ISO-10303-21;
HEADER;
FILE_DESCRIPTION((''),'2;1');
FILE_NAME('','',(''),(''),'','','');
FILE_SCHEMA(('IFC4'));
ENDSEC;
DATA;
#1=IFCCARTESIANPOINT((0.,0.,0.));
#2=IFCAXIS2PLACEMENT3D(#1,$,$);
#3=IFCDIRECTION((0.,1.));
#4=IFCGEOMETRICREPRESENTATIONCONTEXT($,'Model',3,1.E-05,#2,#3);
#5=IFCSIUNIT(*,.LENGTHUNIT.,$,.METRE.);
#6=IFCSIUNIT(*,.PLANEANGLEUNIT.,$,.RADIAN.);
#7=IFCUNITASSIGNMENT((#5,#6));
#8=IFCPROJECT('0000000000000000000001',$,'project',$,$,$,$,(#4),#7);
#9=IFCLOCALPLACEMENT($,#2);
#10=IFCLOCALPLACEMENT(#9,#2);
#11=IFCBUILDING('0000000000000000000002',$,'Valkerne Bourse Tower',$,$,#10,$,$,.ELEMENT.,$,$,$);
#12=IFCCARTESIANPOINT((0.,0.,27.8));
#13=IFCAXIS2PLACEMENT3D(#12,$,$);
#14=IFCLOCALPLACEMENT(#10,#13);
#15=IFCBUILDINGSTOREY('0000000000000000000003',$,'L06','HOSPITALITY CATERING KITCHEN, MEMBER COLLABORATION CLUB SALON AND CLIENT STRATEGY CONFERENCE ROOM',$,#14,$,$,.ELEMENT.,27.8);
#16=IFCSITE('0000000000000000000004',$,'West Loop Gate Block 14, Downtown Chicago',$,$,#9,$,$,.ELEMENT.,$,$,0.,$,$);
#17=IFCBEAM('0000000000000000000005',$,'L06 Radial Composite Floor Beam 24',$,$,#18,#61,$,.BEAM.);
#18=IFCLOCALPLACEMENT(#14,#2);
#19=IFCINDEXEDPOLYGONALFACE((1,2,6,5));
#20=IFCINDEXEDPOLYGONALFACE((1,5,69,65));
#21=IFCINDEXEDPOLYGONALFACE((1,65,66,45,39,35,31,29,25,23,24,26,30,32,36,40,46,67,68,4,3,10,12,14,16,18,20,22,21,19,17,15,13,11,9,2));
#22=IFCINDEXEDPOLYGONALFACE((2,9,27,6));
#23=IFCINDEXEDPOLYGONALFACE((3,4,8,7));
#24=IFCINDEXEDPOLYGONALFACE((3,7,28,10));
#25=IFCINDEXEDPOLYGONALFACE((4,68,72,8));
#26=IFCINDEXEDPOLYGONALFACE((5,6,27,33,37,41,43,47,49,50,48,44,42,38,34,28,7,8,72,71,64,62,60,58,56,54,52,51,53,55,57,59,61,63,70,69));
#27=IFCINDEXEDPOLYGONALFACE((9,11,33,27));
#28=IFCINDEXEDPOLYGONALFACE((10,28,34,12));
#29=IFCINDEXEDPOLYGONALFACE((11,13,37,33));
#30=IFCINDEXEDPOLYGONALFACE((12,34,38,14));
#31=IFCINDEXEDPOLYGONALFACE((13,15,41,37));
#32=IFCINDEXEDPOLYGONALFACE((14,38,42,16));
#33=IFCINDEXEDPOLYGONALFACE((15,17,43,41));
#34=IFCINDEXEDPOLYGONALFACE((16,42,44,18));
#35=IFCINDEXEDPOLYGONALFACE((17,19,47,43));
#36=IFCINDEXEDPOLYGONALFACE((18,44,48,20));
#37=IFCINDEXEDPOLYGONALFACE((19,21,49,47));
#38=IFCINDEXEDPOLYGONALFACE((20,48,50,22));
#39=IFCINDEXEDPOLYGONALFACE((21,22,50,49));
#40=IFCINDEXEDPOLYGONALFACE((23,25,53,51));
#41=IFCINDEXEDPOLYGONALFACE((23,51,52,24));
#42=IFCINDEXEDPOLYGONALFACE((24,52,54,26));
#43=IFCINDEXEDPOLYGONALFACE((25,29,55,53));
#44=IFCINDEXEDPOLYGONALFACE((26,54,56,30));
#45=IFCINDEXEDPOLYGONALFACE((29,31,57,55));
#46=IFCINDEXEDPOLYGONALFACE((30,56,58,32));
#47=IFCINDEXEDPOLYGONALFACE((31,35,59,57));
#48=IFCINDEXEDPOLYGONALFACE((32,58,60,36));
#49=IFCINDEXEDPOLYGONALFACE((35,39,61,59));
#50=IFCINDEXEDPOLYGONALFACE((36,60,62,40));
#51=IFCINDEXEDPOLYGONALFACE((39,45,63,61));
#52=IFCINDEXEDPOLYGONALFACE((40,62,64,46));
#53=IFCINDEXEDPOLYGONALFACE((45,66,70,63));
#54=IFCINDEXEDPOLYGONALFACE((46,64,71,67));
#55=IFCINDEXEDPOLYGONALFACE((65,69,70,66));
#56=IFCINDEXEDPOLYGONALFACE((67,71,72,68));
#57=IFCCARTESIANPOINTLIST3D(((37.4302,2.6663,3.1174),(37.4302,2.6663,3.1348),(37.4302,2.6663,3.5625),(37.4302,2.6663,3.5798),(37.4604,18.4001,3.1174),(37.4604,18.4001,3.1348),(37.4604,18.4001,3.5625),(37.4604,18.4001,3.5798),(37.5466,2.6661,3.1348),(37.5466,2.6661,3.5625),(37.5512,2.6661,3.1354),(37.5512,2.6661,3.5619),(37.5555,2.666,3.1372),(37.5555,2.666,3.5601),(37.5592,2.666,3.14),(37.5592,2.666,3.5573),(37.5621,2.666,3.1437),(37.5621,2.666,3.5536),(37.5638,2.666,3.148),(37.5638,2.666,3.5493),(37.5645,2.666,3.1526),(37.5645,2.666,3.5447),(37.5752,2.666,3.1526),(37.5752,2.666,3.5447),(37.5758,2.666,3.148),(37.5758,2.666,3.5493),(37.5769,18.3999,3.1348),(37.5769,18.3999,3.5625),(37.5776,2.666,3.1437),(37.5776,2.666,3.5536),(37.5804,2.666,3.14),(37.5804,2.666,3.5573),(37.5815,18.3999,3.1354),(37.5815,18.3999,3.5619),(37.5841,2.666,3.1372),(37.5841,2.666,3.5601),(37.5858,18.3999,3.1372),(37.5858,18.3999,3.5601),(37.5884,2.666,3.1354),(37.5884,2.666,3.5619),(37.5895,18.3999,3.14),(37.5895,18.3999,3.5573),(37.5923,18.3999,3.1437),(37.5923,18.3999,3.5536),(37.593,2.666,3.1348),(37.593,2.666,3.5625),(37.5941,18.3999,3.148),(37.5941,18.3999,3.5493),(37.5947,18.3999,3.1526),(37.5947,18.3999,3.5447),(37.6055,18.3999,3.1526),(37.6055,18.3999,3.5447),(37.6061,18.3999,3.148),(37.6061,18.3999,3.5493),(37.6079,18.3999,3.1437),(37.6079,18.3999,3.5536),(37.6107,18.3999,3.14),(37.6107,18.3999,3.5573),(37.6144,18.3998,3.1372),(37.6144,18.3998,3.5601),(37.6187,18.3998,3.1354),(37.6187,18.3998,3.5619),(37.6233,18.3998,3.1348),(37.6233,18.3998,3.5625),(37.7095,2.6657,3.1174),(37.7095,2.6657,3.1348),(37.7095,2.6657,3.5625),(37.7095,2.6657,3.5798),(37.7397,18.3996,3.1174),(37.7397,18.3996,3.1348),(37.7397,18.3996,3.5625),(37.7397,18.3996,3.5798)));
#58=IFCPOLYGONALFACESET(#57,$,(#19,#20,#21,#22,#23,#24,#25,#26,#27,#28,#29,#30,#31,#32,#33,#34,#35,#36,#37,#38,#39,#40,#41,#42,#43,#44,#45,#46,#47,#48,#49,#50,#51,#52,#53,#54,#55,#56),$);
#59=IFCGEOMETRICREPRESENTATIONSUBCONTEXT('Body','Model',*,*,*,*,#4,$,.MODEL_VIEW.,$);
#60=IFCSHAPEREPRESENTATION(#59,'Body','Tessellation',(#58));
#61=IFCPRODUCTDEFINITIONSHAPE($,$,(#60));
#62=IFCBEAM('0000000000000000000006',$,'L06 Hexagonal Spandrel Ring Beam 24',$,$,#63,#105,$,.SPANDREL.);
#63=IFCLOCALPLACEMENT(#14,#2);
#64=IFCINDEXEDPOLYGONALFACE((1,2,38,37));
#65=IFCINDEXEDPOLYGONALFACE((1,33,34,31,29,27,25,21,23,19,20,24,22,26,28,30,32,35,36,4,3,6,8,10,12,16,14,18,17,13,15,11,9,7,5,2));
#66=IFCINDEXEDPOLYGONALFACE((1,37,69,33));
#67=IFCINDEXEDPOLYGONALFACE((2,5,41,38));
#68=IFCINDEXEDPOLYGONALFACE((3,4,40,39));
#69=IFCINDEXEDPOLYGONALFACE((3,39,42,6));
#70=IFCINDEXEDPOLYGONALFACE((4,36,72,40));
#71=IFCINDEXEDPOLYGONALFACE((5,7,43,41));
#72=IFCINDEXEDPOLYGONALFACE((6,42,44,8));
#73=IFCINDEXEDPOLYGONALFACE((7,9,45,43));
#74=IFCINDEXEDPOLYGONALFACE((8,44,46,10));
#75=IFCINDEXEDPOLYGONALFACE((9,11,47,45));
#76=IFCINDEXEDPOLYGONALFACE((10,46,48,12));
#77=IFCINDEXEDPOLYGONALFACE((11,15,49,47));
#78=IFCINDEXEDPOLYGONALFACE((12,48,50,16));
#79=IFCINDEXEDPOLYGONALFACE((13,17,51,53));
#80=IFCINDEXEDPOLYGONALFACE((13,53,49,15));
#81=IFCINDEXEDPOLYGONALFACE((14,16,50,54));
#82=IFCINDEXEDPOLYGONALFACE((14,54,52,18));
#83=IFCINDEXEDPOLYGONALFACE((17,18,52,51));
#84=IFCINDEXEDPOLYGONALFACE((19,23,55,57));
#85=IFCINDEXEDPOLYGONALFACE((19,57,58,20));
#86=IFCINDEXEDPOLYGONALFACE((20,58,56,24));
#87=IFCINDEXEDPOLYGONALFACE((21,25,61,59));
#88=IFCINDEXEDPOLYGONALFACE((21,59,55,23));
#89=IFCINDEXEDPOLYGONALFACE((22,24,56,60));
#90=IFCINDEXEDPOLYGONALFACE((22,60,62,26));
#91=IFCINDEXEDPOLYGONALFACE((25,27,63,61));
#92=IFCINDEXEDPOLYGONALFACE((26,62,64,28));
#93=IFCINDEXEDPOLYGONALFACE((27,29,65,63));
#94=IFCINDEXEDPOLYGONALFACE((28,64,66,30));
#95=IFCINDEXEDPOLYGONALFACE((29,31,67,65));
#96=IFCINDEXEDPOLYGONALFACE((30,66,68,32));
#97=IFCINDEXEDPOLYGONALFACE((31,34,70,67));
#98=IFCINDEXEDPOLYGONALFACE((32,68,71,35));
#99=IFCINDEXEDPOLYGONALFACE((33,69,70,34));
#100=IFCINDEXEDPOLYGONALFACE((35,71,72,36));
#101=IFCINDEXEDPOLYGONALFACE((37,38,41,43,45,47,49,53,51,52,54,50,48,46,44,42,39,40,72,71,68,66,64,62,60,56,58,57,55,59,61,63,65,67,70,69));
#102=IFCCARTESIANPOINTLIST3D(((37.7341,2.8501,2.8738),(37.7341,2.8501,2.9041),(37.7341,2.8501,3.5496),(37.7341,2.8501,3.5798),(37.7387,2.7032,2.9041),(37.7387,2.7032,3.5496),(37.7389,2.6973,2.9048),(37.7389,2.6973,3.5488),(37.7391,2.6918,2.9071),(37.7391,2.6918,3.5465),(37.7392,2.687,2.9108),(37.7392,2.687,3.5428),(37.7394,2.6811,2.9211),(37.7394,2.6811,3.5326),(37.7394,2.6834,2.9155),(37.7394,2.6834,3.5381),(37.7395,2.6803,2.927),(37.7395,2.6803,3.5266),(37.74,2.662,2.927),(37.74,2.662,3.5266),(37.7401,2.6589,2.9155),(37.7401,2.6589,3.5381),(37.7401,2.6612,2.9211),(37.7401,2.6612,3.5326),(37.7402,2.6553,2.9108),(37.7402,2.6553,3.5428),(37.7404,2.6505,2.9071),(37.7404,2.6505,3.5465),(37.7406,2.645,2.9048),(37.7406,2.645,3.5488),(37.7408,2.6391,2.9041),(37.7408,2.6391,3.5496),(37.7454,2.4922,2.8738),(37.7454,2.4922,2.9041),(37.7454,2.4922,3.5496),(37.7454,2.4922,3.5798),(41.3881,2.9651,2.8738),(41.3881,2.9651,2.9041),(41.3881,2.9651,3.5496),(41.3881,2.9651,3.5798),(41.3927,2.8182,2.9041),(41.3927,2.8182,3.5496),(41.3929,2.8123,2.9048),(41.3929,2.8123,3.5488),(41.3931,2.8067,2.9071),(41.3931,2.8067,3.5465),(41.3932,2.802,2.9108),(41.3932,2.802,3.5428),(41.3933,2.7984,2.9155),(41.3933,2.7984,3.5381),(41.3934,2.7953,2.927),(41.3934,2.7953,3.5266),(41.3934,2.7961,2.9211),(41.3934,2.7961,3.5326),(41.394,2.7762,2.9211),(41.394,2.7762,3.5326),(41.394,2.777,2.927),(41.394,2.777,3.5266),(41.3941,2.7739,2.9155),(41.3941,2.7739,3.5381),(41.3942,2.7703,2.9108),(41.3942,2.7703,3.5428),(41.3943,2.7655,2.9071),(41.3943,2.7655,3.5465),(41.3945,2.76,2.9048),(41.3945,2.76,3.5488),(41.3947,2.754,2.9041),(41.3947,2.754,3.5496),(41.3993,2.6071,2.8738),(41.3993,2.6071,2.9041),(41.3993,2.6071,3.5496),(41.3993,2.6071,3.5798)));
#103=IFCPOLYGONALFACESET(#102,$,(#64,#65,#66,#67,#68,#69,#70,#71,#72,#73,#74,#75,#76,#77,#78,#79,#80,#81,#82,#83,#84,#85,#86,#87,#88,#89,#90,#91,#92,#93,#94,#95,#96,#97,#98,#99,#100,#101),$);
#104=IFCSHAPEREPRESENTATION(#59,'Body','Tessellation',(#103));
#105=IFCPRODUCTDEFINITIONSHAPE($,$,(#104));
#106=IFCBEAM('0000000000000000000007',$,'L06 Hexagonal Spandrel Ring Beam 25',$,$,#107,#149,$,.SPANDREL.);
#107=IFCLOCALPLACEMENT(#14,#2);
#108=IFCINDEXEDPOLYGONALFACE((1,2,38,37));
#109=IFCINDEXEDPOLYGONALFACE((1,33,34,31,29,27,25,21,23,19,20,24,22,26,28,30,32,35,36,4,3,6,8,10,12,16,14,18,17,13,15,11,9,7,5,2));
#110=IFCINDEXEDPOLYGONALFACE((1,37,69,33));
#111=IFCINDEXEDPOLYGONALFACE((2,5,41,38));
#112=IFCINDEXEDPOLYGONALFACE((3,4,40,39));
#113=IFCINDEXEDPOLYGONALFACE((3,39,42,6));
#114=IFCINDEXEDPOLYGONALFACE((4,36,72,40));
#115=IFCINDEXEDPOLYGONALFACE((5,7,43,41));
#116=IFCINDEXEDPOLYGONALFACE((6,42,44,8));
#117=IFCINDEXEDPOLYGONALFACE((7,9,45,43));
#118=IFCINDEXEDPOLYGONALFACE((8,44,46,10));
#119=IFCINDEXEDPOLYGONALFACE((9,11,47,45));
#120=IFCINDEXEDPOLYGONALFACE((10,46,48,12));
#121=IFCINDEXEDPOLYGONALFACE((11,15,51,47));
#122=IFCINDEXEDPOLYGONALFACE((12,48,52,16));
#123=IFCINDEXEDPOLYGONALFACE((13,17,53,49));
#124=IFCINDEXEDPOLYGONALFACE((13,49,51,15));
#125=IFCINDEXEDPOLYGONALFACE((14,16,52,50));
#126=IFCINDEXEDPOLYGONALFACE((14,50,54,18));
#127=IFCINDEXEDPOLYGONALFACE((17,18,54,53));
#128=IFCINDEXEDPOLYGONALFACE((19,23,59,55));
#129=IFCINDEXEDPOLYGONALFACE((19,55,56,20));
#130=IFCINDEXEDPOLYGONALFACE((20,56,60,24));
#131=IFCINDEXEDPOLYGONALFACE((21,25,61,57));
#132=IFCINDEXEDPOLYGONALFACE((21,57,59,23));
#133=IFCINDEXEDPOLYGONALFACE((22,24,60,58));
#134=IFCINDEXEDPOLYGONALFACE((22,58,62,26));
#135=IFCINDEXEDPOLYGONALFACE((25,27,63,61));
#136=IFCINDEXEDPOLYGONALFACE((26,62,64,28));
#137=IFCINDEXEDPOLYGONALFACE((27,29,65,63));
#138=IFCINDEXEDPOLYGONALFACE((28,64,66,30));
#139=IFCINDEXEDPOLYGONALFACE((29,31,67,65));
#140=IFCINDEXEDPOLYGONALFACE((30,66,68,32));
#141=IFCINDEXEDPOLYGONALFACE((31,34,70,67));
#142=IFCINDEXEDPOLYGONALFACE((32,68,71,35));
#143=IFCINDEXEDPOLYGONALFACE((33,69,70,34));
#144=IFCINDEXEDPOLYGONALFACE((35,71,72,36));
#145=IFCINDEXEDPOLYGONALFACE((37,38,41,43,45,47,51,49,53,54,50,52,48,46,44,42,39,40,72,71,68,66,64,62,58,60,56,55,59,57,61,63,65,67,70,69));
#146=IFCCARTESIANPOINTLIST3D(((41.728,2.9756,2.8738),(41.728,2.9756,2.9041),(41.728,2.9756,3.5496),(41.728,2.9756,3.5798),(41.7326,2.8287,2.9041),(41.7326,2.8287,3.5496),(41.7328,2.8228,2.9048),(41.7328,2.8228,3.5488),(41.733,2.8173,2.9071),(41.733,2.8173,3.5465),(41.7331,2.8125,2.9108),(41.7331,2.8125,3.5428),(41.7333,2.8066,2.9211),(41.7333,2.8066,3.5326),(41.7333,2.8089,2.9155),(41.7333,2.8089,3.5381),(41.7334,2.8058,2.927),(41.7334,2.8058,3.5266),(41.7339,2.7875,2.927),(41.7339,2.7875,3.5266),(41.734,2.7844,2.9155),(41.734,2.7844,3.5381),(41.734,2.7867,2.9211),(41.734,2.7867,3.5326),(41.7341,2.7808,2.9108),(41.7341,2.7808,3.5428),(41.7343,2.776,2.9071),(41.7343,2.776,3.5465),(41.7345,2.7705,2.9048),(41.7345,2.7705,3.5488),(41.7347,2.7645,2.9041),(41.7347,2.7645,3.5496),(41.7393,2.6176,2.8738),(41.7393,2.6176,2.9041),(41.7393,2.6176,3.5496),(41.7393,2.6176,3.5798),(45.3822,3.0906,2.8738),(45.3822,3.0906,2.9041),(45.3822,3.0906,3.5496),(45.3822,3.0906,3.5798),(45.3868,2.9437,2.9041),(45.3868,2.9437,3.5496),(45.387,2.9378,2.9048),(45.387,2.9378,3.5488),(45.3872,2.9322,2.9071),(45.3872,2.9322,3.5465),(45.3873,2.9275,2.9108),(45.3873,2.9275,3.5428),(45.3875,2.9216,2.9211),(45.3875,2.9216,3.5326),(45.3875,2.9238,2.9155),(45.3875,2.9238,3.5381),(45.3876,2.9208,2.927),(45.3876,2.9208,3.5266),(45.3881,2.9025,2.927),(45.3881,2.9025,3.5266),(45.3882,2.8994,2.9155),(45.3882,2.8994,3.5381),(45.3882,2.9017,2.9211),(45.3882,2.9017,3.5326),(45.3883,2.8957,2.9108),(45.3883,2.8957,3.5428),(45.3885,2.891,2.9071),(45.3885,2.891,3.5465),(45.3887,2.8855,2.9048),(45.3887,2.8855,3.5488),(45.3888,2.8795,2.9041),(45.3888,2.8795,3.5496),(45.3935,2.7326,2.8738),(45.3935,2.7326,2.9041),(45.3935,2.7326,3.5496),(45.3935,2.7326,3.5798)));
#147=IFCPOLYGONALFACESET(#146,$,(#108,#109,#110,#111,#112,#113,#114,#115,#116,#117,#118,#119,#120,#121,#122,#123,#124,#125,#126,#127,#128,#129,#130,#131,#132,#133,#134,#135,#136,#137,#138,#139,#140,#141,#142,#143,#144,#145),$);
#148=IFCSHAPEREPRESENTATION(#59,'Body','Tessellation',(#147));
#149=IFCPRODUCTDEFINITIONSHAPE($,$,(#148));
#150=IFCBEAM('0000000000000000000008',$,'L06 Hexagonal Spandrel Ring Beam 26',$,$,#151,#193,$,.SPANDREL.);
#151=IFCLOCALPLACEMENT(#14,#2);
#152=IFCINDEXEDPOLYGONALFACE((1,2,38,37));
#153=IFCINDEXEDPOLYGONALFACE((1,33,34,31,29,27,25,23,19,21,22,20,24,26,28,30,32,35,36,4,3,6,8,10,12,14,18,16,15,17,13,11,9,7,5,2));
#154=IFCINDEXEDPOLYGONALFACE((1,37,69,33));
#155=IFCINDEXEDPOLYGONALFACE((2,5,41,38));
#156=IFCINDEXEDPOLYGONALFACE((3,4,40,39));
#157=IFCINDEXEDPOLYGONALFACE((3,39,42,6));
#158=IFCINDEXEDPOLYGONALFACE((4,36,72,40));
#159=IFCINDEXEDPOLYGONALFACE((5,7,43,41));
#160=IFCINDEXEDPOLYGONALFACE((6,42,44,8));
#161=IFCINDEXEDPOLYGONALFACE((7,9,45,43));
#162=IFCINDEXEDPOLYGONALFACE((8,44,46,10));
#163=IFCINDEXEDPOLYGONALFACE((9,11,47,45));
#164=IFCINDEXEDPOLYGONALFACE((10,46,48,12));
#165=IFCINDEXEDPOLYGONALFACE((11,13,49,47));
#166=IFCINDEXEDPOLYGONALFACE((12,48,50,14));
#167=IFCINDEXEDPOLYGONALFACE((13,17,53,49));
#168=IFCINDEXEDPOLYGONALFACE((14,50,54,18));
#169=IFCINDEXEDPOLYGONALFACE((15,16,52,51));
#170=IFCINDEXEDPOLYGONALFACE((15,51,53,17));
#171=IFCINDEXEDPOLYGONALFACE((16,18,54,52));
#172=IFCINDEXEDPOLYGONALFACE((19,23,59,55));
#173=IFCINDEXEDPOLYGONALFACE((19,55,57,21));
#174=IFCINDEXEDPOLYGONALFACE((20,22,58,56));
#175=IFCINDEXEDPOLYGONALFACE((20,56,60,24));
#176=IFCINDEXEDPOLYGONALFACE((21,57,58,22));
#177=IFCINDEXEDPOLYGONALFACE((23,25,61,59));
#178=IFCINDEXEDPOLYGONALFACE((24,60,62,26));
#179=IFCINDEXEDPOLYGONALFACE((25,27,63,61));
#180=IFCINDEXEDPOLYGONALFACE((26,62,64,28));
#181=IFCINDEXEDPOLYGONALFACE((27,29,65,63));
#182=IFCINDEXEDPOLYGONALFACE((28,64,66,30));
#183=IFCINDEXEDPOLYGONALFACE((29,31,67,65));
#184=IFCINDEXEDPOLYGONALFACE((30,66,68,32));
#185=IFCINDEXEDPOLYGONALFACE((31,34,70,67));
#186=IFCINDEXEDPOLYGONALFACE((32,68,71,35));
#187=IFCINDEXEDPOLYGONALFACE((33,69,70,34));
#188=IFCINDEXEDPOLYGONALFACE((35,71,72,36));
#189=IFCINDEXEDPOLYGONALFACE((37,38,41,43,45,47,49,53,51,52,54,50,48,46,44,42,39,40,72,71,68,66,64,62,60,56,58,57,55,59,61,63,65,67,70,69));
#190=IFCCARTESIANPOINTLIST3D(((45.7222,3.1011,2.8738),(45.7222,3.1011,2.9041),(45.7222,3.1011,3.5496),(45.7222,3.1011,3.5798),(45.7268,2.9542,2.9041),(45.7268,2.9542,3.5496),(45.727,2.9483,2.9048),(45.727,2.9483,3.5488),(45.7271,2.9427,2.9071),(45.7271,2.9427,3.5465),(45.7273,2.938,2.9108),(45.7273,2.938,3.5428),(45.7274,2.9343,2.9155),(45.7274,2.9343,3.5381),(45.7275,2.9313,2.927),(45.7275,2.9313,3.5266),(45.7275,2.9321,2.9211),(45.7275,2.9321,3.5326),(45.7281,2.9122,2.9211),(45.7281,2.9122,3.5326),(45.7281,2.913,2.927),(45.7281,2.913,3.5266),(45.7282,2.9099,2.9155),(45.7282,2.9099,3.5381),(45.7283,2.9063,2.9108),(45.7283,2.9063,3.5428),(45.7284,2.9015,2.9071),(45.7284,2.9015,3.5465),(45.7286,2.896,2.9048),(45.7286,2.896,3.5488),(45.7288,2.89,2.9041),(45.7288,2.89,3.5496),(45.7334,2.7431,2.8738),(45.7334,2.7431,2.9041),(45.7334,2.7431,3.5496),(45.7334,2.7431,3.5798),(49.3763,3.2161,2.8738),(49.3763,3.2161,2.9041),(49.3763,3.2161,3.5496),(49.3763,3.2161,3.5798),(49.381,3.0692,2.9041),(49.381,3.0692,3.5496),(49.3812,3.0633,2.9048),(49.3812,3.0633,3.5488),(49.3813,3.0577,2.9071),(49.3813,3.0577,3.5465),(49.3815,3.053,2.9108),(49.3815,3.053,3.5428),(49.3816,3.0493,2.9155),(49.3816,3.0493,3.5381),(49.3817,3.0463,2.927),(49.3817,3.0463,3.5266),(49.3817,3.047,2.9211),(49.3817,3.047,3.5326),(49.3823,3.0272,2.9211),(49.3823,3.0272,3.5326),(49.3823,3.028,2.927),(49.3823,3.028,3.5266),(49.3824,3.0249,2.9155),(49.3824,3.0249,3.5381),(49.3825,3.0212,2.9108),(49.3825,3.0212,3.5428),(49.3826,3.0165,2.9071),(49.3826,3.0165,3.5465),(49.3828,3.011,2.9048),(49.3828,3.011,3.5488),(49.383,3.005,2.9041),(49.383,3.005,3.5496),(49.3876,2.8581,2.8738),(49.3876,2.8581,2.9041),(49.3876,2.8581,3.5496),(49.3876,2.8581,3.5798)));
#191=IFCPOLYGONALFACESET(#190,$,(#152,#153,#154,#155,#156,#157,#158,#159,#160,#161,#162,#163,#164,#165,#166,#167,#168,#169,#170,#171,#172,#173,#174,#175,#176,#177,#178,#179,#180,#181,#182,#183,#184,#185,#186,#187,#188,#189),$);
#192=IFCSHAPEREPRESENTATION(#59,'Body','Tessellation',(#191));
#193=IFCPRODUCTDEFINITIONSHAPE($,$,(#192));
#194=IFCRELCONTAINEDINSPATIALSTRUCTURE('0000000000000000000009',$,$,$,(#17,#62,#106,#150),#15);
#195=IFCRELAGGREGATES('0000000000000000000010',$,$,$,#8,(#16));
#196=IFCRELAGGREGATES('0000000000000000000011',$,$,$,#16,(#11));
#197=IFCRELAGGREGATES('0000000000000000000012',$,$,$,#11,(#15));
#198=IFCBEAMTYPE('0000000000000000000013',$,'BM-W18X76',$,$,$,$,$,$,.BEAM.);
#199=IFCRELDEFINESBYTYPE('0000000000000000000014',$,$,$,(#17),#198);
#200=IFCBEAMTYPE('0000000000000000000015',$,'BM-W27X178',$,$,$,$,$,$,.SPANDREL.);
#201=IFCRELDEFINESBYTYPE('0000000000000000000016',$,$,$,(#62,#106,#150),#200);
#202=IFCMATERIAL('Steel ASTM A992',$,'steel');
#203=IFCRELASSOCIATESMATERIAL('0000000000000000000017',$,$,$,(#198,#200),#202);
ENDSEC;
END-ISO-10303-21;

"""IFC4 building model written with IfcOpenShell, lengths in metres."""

from ifc_helpers import new_model, si_unit, direction, frame, origin, origin_2d, place, context, subcontext, project, spatial, i_section, extrude, material, material_profile, profile_set, type_object, element, save


model = new_model("IFC4")

# Units and contexts
model_context = context("Model", 3, precision=1e-05, world=origin(), true_north=direction((0.0, 1.0)))
body_context = subcontext(model_context, "Body", "Model", "MODEL_VIEW")
ifc_project = project(units=[si_unit("LENGTHUNIT", "METRE"), si_unit("PLANEANGLEUNIT", "RADIAN")], contexts=[model_context])

# Site, building, storey
site_placement = place(None, origin())
site = spatial("IfcSite", under=ifc_project, at=site_placement, Name="West Loop Gate Block 14, Downtown Chicago", CompositionType="ELEMENT", RefElevation=0.0)
building_placement = place(site_placement, origin())
building = spatial("IfcBuilding", under=site, at=building_placement, Name="Valkerne Bourse Tower", CompositionType="ELEMENT")
storey_placement = place(building_placement, frame((0.0, 0.0, 27.8)))
storey = spatial("IfcBuildingStorey", under=building, at=storey_placement, Name="L06", Description="HOSPITALITY CATERING KITCHEN, MEMBER COLLABORATION CLUB SALON AND CLIENT STRATEGY CONFERENCE ROOM", CompositionType="ELEMENT", Elevation=27.8)

# Beams
ifc_material_1 = material(Name="Steel ASTM A992", Category="steel")
ifc_material_profile_1 = material_profile(ifc_material_1, i_section(OverallWidth=0.2793, OverallDepth=0.4624, WebThickness=0.0107, FlangeThickness=0.0173, FilletRadius=0.0178, at=origin_2d()), Name="W18X76")
ifc_profile_set_1 = profile_set([ifc_material_profile_1], Name="Steel ASTM A992")
beam_type_1 = type_object("IfcBeamType", Name="BM-W18X76", PredefinedType="BEAM", material=ifc_profile_set_1)
beam_1_placement = place(storey_placement, frame((37.5698, 2.666, 3.3486), z_axis=(0.001924, 0.999998, 0.0), x_axis=(-0.999998, 0.001924, 0.0)))
element("IfcBeam", 1, at=beam_1_placement, inside=storey, type_object=beam_type_1, Name="L06 Radial Composite Floor Beam 24", PredefinedType="BEAM", context=body_context, shape_type="SweptSolid", body=[
    extrude(i_section(OverallWidth=0.2793, OverallDepth=0.4624, WebThickness=0.0107, FlangeThickness=0.0173, FilletRadius=0.0178, at=origin_2d()), origin(), (0.0, 0.0, 1.0), 15.7339),
])
ifc_material_profile_2 = material_profile(ifc_material_1, i_section(OverallWidth=0.3582, OverallDepth=0.7061, WebThickness=0.0183, FlangeThickness=0.0303, FilletRadius=0.0229, at=origin_2d()), Name="W27X178")
ifc_profile_set_2 = profile_set([ifc_material_profile_2], Name="Steel ASTM A992")
beam_type_2 = type_object("IfcBeamType", Name="BM-W27X178", PredefinedType="SPANDREL", material=ifc_profile_set_2)
beam_2_placement = place(storey_placement, frame((37.7397, 2.6711, 3.2268), z_axis=(0.999505, 0.031454, 0.0), x_axis=(-0.031454, 0.999505, 0.0)))
element("IfcBeam", 2, at=beam_2_placement, inside=storey, type_object=beam_type_2, Name="L06 Hexagonal Spandrel Ring Beam 24", PredefinedType="SPANDREL", context=body_context, shape_type="SweptSolid", body=[
    extrude(i_section(OverallWidth=0.3582, OverallDepth=0.7061, WebThickness=0.0183, FlangeThickness=0.0303, FilletRadius=0.0229, at=origin_2d()), origin(), (0.0, 0.0, 1.0), 3.6558),
])
for number, where, z_axis, x_axis, name in (
    (3, (41.7336, 2.7966, 3.2268), (0.999505, 0.031452, 0.0), (-0.031452, 0.999505, 0.0), "L06 Hexagonal Spandrel Ring Beam 25"),
    (4, (45.7278, 2.9221, 3.2268), (0.999505, 0.031452, 0.0), (-0.031452, 0.999505, 0.0), "L06 Hexagonal Spandrel Ring Beam 26"),
):
    element("IfcBeam", number, at=place(storey_placement, frame(where, z_axis=z_axis, x_axis=x_axis)), inside=storey, type_object=beam_type_2, Name=name, PredefinedType="SPANDREL", context=body_context, shape_type="SweptSolid", body=[
        extrude(i_section(OverallWidth=0.3582, OverallDepth=0.7061, WebThickness=0.0183, FlangeThickness=0.0303, FilletRadius=0.0229, at=origin_2d()), origin(), (0.0, 0.0, 1.0), 3.656),
    ])

save(model, "model.ifc")
